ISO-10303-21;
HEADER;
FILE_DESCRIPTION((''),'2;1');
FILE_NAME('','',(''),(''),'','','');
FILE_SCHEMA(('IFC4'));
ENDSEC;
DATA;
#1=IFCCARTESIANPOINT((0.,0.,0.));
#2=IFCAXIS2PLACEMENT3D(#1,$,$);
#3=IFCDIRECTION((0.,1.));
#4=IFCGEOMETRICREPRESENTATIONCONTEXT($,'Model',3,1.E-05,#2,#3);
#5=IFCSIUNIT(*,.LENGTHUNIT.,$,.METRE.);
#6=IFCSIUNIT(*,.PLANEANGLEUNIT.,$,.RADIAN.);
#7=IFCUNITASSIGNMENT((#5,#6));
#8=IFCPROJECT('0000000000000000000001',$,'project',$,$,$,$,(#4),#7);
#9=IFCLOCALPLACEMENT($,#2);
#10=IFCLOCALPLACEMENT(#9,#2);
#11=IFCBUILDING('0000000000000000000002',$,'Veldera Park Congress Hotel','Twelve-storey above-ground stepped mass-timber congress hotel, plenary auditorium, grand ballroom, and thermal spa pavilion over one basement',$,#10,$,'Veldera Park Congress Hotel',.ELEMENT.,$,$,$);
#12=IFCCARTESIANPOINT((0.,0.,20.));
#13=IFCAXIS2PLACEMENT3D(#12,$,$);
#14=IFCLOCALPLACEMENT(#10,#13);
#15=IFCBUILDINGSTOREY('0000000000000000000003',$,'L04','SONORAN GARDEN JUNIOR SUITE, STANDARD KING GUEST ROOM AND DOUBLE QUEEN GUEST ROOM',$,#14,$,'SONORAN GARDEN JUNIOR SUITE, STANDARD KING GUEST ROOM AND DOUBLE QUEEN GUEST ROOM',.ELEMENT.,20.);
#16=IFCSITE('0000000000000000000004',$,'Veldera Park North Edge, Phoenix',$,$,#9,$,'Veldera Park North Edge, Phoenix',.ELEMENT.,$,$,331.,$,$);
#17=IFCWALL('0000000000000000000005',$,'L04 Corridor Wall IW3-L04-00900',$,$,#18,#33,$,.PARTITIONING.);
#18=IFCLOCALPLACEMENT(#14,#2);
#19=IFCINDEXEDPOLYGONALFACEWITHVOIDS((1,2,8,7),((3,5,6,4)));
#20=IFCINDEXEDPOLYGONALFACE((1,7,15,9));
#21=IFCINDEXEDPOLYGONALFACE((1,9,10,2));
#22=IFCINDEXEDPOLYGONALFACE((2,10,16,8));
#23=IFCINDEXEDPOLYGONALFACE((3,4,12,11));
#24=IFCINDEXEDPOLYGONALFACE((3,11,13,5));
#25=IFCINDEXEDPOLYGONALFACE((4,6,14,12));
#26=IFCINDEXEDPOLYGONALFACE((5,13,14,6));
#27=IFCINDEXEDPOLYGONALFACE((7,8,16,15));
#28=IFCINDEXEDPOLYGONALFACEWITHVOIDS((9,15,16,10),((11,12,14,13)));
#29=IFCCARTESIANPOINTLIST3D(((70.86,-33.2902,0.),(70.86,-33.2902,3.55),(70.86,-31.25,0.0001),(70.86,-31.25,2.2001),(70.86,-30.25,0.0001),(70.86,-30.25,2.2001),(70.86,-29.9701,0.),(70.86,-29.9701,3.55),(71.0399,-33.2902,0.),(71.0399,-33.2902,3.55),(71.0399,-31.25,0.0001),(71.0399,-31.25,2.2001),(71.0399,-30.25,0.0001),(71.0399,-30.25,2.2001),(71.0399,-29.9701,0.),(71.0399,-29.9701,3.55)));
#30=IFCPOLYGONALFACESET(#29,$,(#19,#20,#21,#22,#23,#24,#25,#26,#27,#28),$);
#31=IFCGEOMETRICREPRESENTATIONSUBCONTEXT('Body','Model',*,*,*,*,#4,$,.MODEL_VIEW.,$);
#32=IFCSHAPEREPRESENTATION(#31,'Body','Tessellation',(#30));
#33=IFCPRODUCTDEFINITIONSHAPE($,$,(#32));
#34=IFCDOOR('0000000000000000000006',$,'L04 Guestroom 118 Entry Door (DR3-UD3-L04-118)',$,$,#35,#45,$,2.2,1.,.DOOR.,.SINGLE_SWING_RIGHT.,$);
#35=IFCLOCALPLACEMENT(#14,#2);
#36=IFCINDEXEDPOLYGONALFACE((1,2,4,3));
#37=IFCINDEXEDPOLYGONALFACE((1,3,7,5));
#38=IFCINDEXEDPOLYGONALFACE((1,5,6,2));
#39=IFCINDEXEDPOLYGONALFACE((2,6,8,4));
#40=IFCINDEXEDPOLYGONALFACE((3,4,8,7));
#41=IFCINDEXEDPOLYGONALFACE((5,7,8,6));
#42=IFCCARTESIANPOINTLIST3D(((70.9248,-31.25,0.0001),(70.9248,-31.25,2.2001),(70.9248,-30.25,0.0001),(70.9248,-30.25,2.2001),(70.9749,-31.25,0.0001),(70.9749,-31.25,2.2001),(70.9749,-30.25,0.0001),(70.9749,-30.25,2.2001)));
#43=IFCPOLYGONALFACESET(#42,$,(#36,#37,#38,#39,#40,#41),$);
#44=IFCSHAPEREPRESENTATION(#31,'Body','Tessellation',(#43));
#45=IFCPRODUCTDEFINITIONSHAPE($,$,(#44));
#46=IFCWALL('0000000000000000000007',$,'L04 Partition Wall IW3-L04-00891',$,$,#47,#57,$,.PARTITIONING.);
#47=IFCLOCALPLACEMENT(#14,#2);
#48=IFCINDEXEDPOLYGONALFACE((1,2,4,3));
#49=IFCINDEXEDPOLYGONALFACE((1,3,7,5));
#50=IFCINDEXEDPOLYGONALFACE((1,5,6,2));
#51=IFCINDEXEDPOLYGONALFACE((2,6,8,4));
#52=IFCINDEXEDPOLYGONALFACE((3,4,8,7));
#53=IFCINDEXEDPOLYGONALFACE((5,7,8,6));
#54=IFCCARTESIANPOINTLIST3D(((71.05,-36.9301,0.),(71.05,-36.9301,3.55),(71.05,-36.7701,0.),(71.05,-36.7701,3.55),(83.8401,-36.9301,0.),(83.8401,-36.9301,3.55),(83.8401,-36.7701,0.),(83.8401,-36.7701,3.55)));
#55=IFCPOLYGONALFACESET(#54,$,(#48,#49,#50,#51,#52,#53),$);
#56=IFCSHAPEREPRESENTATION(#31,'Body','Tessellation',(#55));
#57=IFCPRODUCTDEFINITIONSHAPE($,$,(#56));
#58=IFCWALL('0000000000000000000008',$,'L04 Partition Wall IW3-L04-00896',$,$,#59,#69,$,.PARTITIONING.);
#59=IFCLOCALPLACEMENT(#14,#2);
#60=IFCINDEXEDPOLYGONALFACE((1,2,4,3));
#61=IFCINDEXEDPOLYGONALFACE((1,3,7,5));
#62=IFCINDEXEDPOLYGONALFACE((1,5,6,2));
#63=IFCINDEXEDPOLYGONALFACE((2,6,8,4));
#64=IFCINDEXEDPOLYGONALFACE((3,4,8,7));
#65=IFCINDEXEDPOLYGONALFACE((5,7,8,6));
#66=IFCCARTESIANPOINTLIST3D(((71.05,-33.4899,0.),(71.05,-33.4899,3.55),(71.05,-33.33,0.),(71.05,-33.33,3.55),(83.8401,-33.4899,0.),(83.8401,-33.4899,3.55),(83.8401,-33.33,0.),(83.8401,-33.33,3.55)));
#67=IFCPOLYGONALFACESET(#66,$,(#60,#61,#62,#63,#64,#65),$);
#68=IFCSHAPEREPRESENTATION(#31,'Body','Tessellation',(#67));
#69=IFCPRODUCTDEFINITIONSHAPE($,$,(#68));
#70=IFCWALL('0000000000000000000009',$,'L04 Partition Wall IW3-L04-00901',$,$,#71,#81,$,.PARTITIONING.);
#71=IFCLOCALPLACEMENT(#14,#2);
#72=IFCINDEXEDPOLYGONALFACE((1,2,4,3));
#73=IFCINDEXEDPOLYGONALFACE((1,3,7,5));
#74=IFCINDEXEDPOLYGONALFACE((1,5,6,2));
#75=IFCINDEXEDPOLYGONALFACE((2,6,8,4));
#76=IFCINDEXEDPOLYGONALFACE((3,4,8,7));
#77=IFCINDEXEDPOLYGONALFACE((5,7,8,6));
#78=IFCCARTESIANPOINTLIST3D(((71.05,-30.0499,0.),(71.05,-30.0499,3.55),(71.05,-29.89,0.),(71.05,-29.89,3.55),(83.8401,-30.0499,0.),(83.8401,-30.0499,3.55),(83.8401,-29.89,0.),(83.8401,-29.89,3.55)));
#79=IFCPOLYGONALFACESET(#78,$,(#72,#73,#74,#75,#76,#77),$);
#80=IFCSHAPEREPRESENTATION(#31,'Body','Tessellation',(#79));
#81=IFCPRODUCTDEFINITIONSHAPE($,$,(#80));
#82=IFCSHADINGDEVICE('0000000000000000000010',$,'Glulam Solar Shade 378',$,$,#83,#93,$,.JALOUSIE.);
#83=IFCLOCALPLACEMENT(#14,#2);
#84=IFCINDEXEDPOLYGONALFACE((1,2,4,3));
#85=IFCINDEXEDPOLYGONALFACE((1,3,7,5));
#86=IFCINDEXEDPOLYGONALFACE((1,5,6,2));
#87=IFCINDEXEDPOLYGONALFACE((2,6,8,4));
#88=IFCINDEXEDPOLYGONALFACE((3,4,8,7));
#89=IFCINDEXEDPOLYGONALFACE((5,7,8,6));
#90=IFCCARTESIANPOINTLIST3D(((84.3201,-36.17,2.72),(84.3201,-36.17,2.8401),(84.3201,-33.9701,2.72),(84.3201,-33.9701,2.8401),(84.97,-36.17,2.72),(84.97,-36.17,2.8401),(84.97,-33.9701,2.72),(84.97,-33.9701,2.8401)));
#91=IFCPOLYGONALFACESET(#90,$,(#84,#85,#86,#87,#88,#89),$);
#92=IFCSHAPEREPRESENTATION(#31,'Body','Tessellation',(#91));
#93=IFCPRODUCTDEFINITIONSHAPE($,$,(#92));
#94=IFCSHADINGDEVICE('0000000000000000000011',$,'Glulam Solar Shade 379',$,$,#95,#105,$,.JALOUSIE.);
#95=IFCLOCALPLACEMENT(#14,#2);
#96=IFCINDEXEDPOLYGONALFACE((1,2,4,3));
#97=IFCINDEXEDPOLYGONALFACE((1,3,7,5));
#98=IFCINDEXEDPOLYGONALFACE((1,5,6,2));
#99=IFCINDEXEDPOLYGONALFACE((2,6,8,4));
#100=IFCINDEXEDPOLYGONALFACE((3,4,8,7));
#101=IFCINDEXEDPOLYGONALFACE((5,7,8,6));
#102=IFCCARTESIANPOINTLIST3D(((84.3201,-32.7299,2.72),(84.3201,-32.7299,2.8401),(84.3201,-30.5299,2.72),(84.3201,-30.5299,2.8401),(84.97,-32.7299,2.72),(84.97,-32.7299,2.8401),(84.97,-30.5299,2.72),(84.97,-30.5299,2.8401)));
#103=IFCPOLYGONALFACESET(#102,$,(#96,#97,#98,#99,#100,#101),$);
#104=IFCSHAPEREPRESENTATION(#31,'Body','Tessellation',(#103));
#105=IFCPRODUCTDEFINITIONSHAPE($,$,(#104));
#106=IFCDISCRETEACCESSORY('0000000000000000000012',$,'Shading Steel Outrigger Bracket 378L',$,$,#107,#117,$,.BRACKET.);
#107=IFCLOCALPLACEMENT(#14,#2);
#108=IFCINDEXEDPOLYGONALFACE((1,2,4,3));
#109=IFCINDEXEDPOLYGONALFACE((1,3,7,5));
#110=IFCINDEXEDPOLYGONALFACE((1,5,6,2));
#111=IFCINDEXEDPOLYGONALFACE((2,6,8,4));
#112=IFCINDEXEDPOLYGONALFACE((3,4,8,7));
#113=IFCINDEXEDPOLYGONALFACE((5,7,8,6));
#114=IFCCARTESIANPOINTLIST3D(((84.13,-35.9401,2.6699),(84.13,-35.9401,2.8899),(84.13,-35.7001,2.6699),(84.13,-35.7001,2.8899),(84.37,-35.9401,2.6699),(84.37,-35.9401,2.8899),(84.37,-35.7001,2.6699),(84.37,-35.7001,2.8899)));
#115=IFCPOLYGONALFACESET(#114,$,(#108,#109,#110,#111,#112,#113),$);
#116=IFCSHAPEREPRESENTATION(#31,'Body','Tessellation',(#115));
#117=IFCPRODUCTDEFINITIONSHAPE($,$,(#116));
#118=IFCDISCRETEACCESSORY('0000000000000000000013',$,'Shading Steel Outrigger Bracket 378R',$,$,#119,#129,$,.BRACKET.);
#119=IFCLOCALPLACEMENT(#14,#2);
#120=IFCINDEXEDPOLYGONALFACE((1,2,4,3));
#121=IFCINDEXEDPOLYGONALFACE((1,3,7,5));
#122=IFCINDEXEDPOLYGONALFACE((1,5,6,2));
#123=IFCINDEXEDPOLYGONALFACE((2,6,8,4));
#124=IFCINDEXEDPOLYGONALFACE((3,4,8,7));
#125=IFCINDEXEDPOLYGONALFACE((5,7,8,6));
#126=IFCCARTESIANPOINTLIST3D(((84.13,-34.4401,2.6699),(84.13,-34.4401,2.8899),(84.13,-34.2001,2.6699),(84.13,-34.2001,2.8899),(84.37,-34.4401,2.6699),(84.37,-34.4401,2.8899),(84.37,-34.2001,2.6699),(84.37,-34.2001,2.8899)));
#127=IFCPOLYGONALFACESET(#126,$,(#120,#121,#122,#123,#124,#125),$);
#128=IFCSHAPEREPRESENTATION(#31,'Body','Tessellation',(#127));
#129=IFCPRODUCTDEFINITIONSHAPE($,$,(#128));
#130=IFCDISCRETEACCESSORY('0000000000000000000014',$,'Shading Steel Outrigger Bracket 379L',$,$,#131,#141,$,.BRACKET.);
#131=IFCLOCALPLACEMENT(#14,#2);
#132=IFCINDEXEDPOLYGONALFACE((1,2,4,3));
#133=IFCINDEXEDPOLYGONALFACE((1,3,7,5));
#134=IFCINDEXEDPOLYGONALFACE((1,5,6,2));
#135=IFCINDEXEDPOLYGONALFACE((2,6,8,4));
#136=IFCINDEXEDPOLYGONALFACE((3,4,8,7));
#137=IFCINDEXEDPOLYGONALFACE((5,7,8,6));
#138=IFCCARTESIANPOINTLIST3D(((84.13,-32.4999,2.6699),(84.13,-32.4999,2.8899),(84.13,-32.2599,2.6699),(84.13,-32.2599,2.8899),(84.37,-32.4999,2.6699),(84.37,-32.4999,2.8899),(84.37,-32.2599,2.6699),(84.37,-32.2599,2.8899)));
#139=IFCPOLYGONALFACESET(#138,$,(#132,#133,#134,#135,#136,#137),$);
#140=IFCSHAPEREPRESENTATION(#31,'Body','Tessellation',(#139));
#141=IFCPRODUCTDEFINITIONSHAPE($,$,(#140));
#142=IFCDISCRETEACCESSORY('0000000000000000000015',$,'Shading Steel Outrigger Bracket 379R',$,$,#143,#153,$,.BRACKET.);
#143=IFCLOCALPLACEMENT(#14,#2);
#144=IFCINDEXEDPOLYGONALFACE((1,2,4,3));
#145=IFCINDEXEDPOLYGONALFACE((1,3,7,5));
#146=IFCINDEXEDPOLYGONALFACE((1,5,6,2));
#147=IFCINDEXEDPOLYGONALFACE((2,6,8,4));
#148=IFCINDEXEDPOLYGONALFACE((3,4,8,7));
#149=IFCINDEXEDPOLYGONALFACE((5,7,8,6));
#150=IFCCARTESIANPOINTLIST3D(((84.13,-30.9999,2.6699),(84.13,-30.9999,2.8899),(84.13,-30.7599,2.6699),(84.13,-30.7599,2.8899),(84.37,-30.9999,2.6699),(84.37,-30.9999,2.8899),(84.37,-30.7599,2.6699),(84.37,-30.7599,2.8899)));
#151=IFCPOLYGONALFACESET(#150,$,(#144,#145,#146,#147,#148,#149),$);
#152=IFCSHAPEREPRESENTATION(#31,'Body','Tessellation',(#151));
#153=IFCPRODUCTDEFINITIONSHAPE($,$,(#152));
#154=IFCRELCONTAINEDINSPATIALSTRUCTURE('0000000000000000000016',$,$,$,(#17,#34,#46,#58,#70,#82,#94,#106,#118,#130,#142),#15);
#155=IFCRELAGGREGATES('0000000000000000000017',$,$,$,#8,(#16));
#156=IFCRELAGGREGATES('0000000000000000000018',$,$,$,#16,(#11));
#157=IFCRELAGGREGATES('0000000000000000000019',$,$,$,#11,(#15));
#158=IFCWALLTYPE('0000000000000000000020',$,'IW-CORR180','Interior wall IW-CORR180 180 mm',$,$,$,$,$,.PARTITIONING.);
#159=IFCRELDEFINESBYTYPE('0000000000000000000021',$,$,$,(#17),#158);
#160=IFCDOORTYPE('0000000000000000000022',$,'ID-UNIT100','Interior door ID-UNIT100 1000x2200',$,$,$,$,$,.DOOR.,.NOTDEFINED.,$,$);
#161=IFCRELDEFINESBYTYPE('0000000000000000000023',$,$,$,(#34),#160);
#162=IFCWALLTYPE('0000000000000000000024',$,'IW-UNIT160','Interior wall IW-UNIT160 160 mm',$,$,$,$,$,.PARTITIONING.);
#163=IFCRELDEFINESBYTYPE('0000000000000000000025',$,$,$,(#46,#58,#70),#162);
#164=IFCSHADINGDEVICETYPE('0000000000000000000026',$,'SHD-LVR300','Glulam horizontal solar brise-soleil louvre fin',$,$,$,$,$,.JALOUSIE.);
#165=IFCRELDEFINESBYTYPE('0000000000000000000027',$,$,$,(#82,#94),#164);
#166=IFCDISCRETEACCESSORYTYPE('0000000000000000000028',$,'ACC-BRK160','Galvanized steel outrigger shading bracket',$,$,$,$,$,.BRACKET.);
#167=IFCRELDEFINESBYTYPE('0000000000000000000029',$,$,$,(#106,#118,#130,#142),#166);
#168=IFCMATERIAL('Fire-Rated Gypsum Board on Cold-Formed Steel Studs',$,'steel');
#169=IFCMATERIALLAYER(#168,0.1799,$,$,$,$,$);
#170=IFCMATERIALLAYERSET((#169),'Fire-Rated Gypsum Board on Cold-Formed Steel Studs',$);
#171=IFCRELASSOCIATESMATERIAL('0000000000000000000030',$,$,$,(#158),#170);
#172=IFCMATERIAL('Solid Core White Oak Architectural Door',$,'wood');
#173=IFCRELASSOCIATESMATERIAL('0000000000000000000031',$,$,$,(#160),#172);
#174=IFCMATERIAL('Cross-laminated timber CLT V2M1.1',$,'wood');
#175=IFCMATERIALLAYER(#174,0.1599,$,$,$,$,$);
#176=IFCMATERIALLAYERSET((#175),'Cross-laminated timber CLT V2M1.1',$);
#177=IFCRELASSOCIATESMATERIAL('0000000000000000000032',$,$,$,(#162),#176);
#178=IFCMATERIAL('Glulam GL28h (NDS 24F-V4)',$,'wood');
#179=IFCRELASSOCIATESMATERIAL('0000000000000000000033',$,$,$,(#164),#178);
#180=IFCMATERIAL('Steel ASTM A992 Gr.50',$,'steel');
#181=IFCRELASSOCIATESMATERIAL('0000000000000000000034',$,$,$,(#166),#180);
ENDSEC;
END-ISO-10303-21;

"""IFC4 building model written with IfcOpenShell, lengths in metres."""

from ifc_helpers import new_model, si_unit, direction, frame, frame_2d, origin, origin_2d, place, context, subcontext, project, spatial, rectangle, extrude, material, layer, layer_set, type_object, element, fill, save


model = new_model("IFC4")

# Units and contexts
model_context = context("Model", 3, precision=1e-05, world=origin(), true_north=direction((0.0, 1.0)))
body_context = subcontext(model_context, "Body", "Model", "MODEL_VIEW")
ifc_project = project(units=[si_unit("LENGTHUNIT", "METRE"), si_unit("PLANEANGLEUNIT", "RADIAN")], contexts=[model_context])

# Site, building, storey
site_placement = place(None, origin())
site = spatial("IfcSite", under=ifc_project, at=site_placement, Name="Veldera Park North Edge, Phoenix", LongName="Veldera Park North Edge, Phoenix", CompositionType="ELEMENT", RefElevation=331.0)
building_placement = place(site_placement, origin())
building = spatial("IfcBuilding", under=site, at=building_placement, Name="Veldera Park Congress Hotel", Description="Twelve-storey above-ground stepped mass-timber congress hotel, plenary auditorium, grand ballroom, and thermal spa pavilion over one basement", LongName="Veldera Park Congress Hotel", CompositionType="ELEMENT")
storey_placement = place(building_placement, frame((0.0, 0.0, 20.0)))
storey = spatial("IfcBuildingStorey", under=building, at=storey_placement, Name="L04", Description="SONORAN GARDEN JUNIOR SUITE, STANDARD KING GUEST ROOM AND DOUBLE QUEEN GUEST ROOM", LongName="SONORAN GARDEN JUNIOR SUITE, STANDARD KING GUEST ROOM AND DOUBLE QUEEN GUEST ROOM", CompositionType="ELEMENT", Elevation=20.0)

# Shared definitions
ifc_material_1 = material(Name="Glulam GL28h (NDS 24F-V4)", Category="wood")

# Shared definitions
ifc_material_2 = material(Name="Fire-Rated Gypsum Board on Cold-Formed Steel Studs", Category="steel")

# Shared definitions
ifc_material_3 = material(Name="Solid Core White Oak Architectural Door", Category="wood")

# Wall, opening, door
ifc_layer_1 = layer(ifc_material_2, 0.1799)
ifc_layer_set_1 = layer_set([ifc_layer_1], Name="Fire-Rated Gypsum Board on Cold-Formed Steel Studs")
wall_type_1 = type_object("IfcWallType", Name="IW-CORR180", Description="Interior wall IW-CORR180 180 mm", PredefinedType="PARTITIONING", material=ifc_layer_set_1)
door_type_1 = type_object("IfcDoorType", Name="ID-UNIT100", Description="Interior door ID-UNIT100 1000x2200", OperationType="NOTDEFINED", PredefinedType="DOOR", material=ifc_material_3)
wall_1_placement = place(storey_placement, frame((70.95, -29.97, 0.0), z_axis=(0.0, 0.0, 1.0), x_axis=(0.0, -1.0, 0.0)))
wall_1 = element("IfcWall", 1, at=wall_1_placement, inside=storey, type_object=wall_type_1, Name="L04 Corridor Wall IW3-L04-00900", PredefinedType="PARTITIONING", context=body_context, shape_type="SweptSolid", body=[
    extrude(rectangle(XDim=3.3201, YDim=0.1799, at=frame_2d((1.6602, 0.0))), origin(), (0.0, 0.0, 1.0), 3.55),
])
opening_1_placement = place(wall_1_placement, frame((0.28, 0.0, 0.0)))
opening_1 = element("IfcOpeningElement", 2, at=opening_1_placement, cuts=wall_1, PredefinedType="OPENING", context=body_context, shape_type="SweptSolid", body=[
    extrude(rectangle(XDim=1.0, YDim=2.2, at=frame_2d((0.5, 1.1001))), frame((0.0, 0.1021, 0.0), z_axis=(0.0, -1.0, 0.0), x_axis=(1.0, 0.0, 0.0)), (0.0, 0.0, 1.0), 0.2039),
])
door_1_placement = place(opening_1_placement, origin())
door_1 = element("IfcDoor", 3, at=door_1_placement, inside=storey, type_object=door_type_1, Name="L04 Guestroom 118 Entry Door (DR3-UD3-L04-118)", OperationType="SINGLE_SWING_RIGHT", OverallHeight=2.2, OverallWidth=1.0, PredefinedType="DOOR", context=body_context, shape_type="SweptSolid", body=[
    extrude(rectangle(XDim=1.0, YDim=2.2, at=frame_2d((0.5, 1.1001))), frame((0.0, 0.0249, 0.0), z_axis=(0.0, -1.0, 0.0), x_axis=(1.0, 0.0, 0.0)), (0.0, 0.0, 1.0), 0.05),
])
fill(opening_1, door_1)

# Walls
ifc_material_4 = material(Name="Cross-laminated timber CLT V2M1.1", Category="wood")
ifc_layer_2 = layer(ifc_material_4, 0.1599)
ifc_layer_set_2 = layer_set([ifc_layer_2], Name="Cross-laminated timber CLT V2M1.1")
wall_type_2 = type_object("IfcWallType", Name="IW-UNIT160", Description="Interior wall IW-UNIT160 160 mm", PredefinedType="PARTITIONING", material=ifc_layer_set_2)
for number, where, z_axis, x_axis, name in (
    (4, (71.05, -36.8501, 0.0), (0.0, 0.0, 1.0), (1.0, 0.0, 0.0), "L04 Partition Wall IW3-L04-00891"),
    (5, (71.05, -33.4099, 0.0), (0.0, 0.0, 1.0), (1.0, 0.0, 0.0), "L04 Partition Wall IW3-L04-00896"),
    (6, (71.05, -29.97, 0.0), (0.0, 0.0, 1.0), (1.0, 0.0, 0.0), "L04 Partition Wall IW3-L04-00901"),
):
    element("IfcWall", number, at=place(storey_placement, frame(where, z_axis=z_axis, x_axis=x_axis)), inside=storey, type_object=wall_type_2, Name=name, PredefinedType="PARTITIONING", context=body_context, shape_type="SweptSolid", body=[
        extrude(rectangle(XDim=12.79, YDim=0.1599, at=frame_2d((6.395, 0.0))), origin(), (0.0, 0.0, 1.0), 3.55),
    ])

# Shading devices
shading_device_type = type_object("IfcShadingDeviceType", Name="SHD-LVR300", Description="Glulam horizontal solar brise-soleil louvre fin", PredefinedType="JALOUSIE", material=ifc_material_1)
for number, where, z_axis, x_axis, name in (
    (7, (84.645, -35.0701, 2.72), (0.0, 0.0, 1.0), (0.0, 1.0, 0.0), "Glulam Solar Shade 378"),
    (8, (84.645, -31.6299, 2.72), (0.0, 0.0, 1.0), (0.0, 1.0, 0.0), "Glulam Solar Shade 379"),
):
    element("IfcShadingDevice", number, at=place(storey_placement, frame(where, z_axis=z_axis, x_axis=x_axis)), inside=storey, type_object=shading_device_type, Name=name, PredefinedType="JALOUSIE", context=body_context, shape_type="SweptSolid", body=[
        extrude(rectangle(XDim=2.2, YDim=0.6499, at=origin_2d()), origin(), (0.0, 0.0, 1.0), 0.1201),
    ])

# Discrete accessories
ifc_material_5 = material(Name="Steel ASTM A992 Gr.50", Category="steel")
discrete_accessory_type = type_object("IfcDiscreteAccessoryType", Name="ACC-BRK160", Description="Galvanized steel outrigger shading bracket", PredefinedType="BRACKET", material=ifc_material_5)
for number, where, z_axis, x_axis, name in (
    (9, (84.25, -35.8201, 2.6699), (0.0, 0.0, 1.0), (0.0, 1.0, 0.0), "Shading Steel Outrigger Bracket 378L"),
    (10, (84.25, -34.3201, 2.6699), (0.0, 0.0, 1.0), (0.0, 1.0, 0.0), "Shading Steel Outrigger Bracket 378R"),
    (11, (84.25, -32.3799, 2.6699), (0.0, 0.0, 1.0), (0.0, 1.0, 0.0), "Shading Steel Outrigger Bracket 379L"),
    (12, (84.25, -30.8799, 2.6699), (0.0, 0.0, 1.0), (0.0, 1.0, 0.0), "Shading Steel Outrigger Bracket 379R"),
):
    element("IfcDiscreteAccessory", number, at=place(storey_placement, frame(where, z_axis=z_axis, x_axis=x_axis)), inside=storey, type_object=discrete_accessory_type, Name=name, PredefinedType="BRACKET", context=body_context, shape_type="SweptSolid", body=[
        extrude(rectangle(XDim=0.24, YDim=0.24, at=origin_2d()), origin(), (0.0, 0.0, 1.0), 0.22),
    ])

save(model, "model.ifc")
